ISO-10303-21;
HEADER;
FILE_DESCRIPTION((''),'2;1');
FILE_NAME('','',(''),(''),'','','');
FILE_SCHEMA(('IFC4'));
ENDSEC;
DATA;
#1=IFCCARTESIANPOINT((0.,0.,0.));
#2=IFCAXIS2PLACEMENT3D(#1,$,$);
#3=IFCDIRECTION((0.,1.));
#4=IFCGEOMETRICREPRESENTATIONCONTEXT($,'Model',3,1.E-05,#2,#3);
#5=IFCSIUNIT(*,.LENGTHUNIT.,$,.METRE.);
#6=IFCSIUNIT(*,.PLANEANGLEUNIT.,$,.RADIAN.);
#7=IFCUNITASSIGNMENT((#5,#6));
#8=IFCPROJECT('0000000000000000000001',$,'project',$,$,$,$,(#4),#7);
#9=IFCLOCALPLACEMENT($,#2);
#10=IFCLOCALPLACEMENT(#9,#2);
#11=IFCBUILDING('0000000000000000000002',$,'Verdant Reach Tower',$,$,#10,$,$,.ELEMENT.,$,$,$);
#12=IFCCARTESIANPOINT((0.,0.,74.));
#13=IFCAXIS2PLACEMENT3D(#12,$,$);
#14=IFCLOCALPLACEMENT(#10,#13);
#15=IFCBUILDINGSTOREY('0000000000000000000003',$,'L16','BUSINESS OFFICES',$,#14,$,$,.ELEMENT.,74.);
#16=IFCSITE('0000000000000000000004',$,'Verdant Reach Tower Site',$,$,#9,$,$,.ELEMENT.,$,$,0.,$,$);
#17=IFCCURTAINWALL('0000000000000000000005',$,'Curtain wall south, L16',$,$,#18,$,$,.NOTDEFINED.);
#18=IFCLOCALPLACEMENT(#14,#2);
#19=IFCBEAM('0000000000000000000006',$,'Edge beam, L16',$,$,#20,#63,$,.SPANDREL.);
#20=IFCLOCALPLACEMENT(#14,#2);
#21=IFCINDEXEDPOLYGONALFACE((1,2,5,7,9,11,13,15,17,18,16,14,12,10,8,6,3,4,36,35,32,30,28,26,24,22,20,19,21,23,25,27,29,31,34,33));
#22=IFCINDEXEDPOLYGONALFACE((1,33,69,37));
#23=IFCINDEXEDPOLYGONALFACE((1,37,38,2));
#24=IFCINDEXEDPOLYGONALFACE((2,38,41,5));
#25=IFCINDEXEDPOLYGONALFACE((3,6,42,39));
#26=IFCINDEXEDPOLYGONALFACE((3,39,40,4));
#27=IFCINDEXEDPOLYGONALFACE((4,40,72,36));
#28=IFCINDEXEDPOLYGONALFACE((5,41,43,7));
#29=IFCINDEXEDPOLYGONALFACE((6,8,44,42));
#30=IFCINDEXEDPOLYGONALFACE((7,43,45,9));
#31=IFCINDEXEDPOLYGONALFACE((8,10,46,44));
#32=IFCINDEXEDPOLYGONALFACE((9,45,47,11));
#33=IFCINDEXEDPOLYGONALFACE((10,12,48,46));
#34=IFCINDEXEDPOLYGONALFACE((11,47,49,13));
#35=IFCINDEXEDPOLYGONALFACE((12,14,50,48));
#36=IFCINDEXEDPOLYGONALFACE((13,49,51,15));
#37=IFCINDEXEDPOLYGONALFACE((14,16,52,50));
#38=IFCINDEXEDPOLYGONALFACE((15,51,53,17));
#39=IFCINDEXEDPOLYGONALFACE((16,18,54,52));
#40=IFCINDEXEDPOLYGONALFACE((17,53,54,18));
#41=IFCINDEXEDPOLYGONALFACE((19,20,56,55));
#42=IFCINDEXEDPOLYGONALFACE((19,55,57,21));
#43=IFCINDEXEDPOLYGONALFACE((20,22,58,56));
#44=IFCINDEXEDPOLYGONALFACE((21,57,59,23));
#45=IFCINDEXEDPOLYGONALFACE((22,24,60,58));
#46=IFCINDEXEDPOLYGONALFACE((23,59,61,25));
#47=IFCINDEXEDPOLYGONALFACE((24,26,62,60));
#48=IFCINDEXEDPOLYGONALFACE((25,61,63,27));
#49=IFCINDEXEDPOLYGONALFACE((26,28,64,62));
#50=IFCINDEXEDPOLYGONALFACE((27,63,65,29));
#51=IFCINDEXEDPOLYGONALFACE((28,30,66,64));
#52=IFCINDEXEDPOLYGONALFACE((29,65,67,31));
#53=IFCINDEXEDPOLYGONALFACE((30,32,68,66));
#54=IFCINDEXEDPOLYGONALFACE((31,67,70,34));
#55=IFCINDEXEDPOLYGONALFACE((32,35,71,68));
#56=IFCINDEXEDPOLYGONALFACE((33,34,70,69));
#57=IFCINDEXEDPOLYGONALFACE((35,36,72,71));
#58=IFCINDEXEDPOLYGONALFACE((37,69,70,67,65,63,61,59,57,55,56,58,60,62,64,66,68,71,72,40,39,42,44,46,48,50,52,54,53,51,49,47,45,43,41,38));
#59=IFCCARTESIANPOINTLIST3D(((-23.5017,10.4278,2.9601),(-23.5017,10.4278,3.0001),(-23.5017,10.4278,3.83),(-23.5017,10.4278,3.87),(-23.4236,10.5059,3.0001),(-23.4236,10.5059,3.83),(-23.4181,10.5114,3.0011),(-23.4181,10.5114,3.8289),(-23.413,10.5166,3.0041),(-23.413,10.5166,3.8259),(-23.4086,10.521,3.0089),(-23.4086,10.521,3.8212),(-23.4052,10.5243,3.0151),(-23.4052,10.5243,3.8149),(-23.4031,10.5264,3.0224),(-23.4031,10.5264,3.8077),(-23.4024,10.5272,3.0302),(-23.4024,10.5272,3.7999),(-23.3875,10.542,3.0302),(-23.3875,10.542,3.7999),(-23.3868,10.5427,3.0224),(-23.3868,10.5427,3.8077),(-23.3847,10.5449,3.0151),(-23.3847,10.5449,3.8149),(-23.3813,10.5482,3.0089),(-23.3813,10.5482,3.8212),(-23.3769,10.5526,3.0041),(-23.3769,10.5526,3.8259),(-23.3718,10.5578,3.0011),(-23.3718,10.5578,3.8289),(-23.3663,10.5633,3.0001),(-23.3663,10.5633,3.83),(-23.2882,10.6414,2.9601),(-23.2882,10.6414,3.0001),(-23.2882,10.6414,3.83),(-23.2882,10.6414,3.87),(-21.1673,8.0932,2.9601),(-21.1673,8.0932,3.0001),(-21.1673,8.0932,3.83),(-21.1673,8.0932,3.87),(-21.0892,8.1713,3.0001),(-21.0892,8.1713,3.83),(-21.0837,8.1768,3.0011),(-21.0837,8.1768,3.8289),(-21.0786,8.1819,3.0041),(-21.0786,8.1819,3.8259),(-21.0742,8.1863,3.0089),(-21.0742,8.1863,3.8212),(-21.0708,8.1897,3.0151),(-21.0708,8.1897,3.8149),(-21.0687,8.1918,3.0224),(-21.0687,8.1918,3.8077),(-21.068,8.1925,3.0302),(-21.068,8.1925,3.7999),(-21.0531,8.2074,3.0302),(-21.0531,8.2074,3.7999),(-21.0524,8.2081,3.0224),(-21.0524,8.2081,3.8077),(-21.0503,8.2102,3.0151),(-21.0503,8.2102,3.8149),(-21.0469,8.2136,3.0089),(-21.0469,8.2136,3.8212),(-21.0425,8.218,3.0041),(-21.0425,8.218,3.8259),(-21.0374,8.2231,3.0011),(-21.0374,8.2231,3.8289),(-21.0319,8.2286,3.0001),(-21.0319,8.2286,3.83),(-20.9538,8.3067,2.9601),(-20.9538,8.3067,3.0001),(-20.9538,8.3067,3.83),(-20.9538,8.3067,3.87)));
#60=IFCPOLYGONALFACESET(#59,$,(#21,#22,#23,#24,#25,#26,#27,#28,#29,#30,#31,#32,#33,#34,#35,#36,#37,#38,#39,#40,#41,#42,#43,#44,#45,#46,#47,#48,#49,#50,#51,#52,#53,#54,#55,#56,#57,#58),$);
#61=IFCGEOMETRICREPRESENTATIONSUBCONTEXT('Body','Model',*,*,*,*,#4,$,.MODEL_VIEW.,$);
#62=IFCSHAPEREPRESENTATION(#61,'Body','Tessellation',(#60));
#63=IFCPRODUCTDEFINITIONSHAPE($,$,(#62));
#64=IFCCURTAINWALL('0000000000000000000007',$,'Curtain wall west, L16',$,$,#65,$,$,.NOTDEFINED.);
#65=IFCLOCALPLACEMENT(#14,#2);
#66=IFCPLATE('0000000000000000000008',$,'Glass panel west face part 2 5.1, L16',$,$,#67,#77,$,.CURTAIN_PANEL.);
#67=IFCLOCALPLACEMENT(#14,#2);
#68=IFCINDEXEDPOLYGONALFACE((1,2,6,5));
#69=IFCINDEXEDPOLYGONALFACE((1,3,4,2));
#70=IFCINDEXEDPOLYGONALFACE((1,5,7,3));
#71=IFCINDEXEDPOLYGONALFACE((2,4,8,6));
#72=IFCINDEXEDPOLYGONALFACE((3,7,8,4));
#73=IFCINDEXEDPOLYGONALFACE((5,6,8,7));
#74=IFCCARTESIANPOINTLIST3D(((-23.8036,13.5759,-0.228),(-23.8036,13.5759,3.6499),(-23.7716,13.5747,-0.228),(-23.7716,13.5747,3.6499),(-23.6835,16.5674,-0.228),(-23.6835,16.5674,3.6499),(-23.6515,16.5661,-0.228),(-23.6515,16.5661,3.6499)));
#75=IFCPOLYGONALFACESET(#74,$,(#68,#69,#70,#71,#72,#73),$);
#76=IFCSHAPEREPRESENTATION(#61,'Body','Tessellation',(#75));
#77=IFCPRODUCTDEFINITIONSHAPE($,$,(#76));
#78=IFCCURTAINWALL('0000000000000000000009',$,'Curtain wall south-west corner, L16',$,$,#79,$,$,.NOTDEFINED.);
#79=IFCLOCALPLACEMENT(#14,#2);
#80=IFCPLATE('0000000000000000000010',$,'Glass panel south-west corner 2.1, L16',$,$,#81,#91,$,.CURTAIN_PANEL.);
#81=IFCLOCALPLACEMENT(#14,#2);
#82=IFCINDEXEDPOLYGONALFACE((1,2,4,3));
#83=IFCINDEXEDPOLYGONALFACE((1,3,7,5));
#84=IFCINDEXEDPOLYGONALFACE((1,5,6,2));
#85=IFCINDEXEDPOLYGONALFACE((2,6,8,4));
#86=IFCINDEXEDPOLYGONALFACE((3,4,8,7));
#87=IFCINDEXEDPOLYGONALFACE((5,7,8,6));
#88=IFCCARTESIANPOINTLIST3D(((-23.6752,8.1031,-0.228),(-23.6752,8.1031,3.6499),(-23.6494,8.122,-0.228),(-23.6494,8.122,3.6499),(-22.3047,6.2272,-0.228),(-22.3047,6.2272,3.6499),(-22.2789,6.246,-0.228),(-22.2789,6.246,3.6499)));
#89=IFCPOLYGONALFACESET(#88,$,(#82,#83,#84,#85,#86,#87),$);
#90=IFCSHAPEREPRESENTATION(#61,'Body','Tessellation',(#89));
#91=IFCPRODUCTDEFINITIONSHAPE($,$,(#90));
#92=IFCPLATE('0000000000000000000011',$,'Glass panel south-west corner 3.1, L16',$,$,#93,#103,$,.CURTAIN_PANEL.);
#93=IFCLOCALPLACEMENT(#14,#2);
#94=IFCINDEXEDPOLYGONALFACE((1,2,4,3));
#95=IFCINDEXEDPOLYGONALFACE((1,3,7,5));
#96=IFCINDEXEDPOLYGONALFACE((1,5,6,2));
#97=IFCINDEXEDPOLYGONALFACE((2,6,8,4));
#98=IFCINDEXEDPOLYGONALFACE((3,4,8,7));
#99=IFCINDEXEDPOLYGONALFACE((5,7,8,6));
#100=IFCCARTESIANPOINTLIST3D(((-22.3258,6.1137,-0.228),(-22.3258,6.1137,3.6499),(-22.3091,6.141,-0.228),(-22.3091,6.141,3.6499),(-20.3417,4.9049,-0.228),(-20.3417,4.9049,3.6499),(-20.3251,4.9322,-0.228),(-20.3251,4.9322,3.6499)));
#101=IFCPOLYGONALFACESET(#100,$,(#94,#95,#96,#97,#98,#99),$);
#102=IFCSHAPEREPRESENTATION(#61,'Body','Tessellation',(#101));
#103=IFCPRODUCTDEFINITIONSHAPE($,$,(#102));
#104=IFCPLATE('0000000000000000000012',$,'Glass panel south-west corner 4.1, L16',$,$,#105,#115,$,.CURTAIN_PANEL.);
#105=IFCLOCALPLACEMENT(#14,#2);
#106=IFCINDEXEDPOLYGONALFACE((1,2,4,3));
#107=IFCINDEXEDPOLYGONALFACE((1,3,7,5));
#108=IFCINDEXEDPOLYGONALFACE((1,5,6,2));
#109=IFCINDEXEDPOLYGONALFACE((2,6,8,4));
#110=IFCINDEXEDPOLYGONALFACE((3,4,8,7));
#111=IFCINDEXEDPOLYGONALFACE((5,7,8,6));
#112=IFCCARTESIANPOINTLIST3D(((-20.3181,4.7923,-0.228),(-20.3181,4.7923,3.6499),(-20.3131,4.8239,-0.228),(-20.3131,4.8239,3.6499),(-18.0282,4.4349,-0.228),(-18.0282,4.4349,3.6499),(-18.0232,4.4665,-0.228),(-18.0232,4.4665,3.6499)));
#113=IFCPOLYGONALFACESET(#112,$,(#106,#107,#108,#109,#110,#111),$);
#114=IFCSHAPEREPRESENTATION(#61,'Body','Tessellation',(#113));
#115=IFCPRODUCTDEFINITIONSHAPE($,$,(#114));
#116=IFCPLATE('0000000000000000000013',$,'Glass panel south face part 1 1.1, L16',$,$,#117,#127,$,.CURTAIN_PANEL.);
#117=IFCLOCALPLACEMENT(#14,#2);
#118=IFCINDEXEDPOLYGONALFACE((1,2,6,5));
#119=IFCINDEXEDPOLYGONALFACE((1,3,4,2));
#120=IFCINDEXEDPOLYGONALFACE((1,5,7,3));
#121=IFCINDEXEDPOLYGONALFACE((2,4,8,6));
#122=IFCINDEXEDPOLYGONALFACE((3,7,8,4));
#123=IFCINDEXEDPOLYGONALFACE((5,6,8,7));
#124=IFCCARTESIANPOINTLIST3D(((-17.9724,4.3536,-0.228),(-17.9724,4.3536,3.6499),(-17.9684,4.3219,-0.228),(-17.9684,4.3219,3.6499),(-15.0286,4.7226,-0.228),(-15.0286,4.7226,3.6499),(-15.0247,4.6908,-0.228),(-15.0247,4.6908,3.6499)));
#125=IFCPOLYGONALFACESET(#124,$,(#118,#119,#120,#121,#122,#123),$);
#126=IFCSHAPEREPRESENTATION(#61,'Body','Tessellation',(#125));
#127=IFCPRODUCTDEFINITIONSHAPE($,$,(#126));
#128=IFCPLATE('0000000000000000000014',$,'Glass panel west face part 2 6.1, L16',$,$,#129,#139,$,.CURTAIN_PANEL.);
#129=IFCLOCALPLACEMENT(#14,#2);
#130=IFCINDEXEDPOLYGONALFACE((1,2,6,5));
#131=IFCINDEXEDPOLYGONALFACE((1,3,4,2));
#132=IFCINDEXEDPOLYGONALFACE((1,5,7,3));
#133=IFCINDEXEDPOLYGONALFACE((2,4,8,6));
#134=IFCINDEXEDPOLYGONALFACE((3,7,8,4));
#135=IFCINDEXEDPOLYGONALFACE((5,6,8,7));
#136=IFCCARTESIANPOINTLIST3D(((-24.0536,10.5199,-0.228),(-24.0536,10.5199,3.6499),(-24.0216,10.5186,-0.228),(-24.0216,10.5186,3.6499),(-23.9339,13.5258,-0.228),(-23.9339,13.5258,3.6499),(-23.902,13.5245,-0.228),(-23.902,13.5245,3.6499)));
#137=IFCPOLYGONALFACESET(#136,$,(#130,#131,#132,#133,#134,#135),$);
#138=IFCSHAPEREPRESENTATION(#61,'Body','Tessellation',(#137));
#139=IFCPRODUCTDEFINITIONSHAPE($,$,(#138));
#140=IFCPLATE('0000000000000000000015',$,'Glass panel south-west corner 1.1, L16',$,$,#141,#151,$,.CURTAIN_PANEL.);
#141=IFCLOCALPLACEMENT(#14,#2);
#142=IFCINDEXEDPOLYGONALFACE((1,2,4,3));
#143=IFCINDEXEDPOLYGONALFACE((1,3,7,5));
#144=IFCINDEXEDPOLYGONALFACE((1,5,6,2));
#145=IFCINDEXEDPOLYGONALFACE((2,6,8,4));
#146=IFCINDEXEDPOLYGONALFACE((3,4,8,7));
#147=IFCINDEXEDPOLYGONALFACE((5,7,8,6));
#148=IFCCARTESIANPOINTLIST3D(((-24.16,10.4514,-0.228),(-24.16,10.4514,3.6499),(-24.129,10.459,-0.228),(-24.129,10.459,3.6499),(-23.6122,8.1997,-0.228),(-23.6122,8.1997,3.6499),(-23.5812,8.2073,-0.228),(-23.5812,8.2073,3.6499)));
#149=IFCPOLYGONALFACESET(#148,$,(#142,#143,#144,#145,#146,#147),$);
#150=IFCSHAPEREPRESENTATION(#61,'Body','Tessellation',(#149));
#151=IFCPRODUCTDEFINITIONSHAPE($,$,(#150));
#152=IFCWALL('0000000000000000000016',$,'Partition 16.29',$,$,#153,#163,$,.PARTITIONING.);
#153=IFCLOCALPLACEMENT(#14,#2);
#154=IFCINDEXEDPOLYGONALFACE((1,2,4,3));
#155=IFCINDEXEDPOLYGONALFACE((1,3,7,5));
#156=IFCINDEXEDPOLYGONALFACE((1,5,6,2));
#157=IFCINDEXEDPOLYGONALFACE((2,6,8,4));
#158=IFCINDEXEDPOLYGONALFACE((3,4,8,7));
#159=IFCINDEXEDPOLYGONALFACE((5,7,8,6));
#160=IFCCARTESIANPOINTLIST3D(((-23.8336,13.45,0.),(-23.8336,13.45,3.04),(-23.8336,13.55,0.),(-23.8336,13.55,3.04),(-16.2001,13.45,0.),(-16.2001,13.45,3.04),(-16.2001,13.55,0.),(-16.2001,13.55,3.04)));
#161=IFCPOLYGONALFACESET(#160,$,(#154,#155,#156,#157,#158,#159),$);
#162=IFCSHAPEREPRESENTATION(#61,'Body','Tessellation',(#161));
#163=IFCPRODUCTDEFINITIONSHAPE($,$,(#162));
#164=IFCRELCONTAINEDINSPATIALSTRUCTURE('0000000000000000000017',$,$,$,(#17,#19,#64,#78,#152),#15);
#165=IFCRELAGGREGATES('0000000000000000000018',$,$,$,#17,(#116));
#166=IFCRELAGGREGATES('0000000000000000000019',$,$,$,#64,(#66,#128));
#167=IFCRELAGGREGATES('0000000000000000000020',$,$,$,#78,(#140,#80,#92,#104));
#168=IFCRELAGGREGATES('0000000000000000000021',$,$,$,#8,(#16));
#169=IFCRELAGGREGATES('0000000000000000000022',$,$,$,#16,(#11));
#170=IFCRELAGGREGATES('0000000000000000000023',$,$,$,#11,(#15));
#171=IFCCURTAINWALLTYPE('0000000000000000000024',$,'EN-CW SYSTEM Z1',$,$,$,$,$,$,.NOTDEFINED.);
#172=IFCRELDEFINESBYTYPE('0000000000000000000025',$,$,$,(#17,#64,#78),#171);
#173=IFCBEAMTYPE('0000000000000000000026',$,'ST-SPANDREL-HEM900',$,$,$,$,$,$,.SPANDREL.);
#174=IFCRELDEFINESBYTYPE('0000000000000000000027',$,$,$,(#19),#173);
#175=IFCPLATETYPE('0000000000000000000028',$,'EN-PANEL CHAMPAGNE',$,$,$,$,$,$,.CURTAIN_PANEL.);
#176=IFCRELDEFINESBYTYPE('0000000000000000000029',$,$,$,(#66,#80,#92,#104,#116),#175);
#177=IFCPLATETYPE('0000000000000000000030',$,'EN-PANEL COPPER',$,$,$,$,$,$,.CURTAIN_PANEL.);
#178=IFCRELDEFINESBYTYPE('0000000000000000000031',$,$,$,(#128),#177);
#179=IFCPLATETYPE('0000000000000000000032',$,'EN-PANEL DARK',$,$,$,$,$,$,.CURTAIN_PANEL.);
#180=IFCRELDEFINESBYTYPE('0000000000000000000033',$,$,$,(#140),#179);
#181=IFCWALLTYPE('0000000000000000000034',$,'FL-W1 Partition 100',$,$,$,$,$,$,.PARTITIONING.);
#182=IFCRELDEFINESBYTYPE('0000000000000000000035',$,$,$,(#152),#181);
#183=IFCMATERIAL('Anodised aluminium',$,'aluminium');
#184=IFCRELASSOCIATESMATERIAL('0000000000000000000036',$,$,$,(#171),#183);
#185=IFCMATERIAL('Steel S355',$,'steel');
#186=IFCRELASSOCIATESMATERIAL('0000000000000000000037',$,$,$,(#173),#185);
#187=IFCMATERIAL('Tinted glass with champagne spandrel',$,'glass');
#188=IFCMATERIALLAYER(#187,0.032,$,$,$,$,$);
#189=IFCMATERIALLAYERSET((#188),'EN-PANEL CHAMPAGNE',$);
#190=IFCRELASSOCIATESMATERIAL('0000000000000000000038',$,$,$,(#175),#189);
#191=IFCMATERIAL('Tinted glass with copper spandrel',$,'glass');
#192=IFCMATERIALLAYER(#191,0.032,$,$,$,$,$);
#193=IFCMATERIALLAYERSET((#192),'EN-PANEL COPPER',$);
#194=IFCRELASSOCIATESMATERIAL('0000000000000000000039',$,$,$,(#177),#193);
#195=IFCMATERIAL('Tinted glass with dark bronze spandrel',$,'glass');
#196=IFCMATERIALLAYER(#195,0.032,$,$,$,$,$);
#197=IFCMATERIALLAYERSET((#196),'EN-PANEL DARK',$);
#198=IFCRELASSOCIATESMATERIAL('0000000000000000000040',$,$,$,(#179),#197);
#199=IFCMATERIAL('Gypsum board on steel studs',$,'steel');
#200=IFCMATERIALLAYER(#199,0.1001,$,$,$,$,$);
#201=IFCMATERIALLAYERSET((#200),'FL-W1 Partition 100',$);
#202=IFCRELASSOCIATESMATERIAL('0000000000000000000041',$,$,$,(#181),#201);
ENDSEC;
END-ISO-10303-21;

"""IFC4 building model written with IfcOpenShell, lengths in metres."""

from ifc_helpers import new_model, si_unit, direction, frame, frame_2d, origin, origin_2d, place, context, subcontext, project, spatial, rectangle, i_section, extrude, material, layer, layer_set, material_profile, profile_set, type_object, element, aggregate, save


model = new_model("IFC4")

# Units and contexts
model_context = context("Model", 3, precision=1e-05, world=origin(), true_north=direction((0.0, 1.0)))
body_context = subcontext(model_context, "Body", "Model", "MODEL_VIEW")
ifc_project = project(units=[si_unit("LENGTHUNIT", "METRE"), si_unit("PLANEANGLEUNIT", "RADIAN")], contexts=[model_context])

# Site, building, storey
site_placement = place(None, origin())
site = spatial("IfcSite", under=ifc_project, at=site_placement, Name="Verdant Reach Tower Site", CompositionType="ELEMENT", RefElevation=0.0)
building_placement = place(site_placement, origin())
building = spatial("IfcBuilding", under=site, at=building_placement, Name="Verdant Reach Tower", CompositionType="ELEMENT")
storey_placement = place(building_placement, frame((0.0, 0.0, 74.0)))
storey = spatial("IfcBuildingStorey", under=building, at=storey_placement, Name="L16", Description="BUSINESS OFFICES", CompositionType="ELEMENT", Elevation=74.0)

# Curtain wall
ifc_material_1 = material(Name="Anodised aluminium", Category="aluminium")
curtain_wall_type = type_object("IfcCurtainWallType", Name="EN-CW SYSTEM Z1", PredefinedType="NOTDEFINED", material=ifc_material_1)
curtain_wall_1_placement = place(storey_placement, origin())
curtain_wall_1 = element("IfcCurtainWall", 1, at=curtain_wall_1_placement, inside=storey, type_object=curtain_wall_type, Name="Curtain wall south, L16", PredefinedType="NOTDEFINED")

# Beam
ifc_material_2 = material(Name="Steel S355", Category="steel")
ifc_material_profile_1 = material_profile(ifc_material_2, i_section(OverallWidth=0.302, OverallDepth=0.9099, WebThickness=0.021, FlangeThickness=0.04, FilletRadius=0.03, at=origin_2d()), Name="HEM 900")
ifc_profile_set_1 = profile_set([ifc_material_profile_1], Name="Steel S355")
beam_type_1 = type_object("IfcBeamType", Name="ST-SPANDREL-HEM900", PredefinedType="SPANDREL", material=ifc_profile_set_1)
beam_1_placement = place(storey_placement, frame((-21.0605, 8.2, 3.415), z_axis=(-0.70707, 0.707144, 0.0), x_axis=(-0.707144, -0.70707, 0.0)))
element("IfcBeam", 2, at=beam_1_placement, inside=storey, type_object=beam_type_1, Name="Edge beam, L16", PredefinedType="SPANDREL", context=body_context, shape_type="SweptSolid", body=[
    extrude(i_section(OverallWidth=0.302, OverallDepth=0.9099, WebThickness=0.021, FlangeThickness=0.04, FilletRadius=0.03, at=origin_2d()), origin(), (0.0, 0.0, 1.0), 3.3015),
])

# Curtain wall, plate
curtain_wall_2_placement = place(storey_placement, origin())
curtain_wall_2 = element("IfcCurtainWall", 3, at=curtain_wall_2_placement, inside=storey, type_object=curtain_wall_type, Name="Curtain wall west, L16", PredefinedType="NOTDEFINED")
ifc_material_3 = material(Name="Tinted glass with champagne spandrel", Category="glass")
ifc_layer_1 = layer(ifc_material_3, 0.032)
ifc_layer_set_1 = layer_set([ifc_layer_1], Name="EN-PANEL CHAMPAGNE")
plate_type_1 = type_object("IfcPlateType", Name="EN-PANEL CHAMPAGNE", PredefinedType="CURTAIN_PANEL", material=ifc_layer_set_1)
plate_1_placement = place(storey_placement, frame((-23.7275, 15.071, -0.228), z_axis=(0.0, 0.0, 1.0), x_axis=(-0.040109, -0.999195, 0.0)))
plate_1 = element("IfcPlate", 4, at=plate_1_placement, type_object=plate_type_1, Name="Glass panel west face part 2 5.1, L16", PredefinedType="CURTAIN_PANEL", context=body_context, shape_type="SweptSolid", body=[
    extrude(rectangle(XDim=2.9939, YDim=0.032, at=origin_2d()), origin(), (0.0, 0.0, 1.0), 3.8779),
])

# Curtain wall, plates
curtain_wall_3_placement = place(storey_placement, origin())
curtain_wall_3 = element("IfcCurtainWall", 5, at=curtain_wall_3_placement, inside=storey, type_object=curtain_wall_type, Name="Curtain wall south-west corner, L16", PredefinedType="NOTDEFINED")
plate_2_placement = place(storey_placement, frame((-22.9771, 7.1746, -0.228), z_axis=(0.0, 0.0, 1.0), x_axis=(0.589927, -0.807457, 0.0)))
plate_2 = element("IfcPlate", 6, at=plate_2_placement, type_object=plate_type_1, Name="Glass panel south-west corner 2.1, L16", PredefinedType="CURTAIN_PANEL", context=body_context, shape_type="SweptSolid", body=[
    extrude(rectangle(XDim=2.3232, YDim=0.032, at=origin_2d()), origin(), (0.0, 0.0, 1.0), 3.8779),
])
plate_3_placement = place(storey_placement, frame((-21.3254, 5.5229, -0.228), z_axis=(0.0, 0.0, 1.0), x_axis=(0.853989, -0.520292, 0.0)))
plate_3 = element("IfcPlate", 7, at=plate_3_placement, type_object=plate_type_1, Name="Glass panel south-west corner 3.1, L16", PredefinedType="CURTAIN_PANEL", context=body_context, shape_type="SweptSolid", body=[
    extrude(rectangle(XDim=2.3232, YDim=0.032, at=origin_2d()), origin(), (0.0, 0.0, 1.0), 3.8779),
])
plate_4_placement = place(storey_placement, frame((-19.1707, 4.6294, -0.228), z_axis=(0.0, 0.0, 1.0), x_axis=(0.988033, -0.154245, 0.0)))
plate_4 = element("IfcPlate", 8, at=plate_4_placement, type_object=plate_type_1, Name="Glass panel south-west corner 4.1, L16", PredefinedType="CURTAIN_PANEL", context=body_context, shape_type="SweptSolid", body=[
    extrude(rectangle(XDim=2.3176, YDim=0.032, at=origin_2d()), origin(), (0.0, 0.0, 1.0), 3.8779),
])

# Plates
plate_5_placement = place(storey_placement, frame((-16.4985, 4.5222, -0.228), z_axis=(0.0, 0.0, 1.0), x_axis=(0.992235, 0.124374, 0.0)))
plate_5 = element("IfcPlate", 9, at=plate_5_placement, type_object=plate_type_1, Name="Glass panel south face part 1 1.1, L16", PredefinedType="CURTAIN_PANEL", context=body_context, shape_type="SweptSolid", body=[
    extrude(rectangle(XDim=2.9668, YDim=0.032, at=origin_2d()), origin(), (0.0, 0.0, 1.0), 3.8779),
])
aggregate(curtain_wall_1, [plate_5])
ifc_material_4 = material(Name="Tinted glass with copper spandrel", Category="glass")
ifc_layer_2 = layer(ifc_material_4, 0.032)
ifc_layer_set_2 = layer_set([ifc_layer_2], Name="EN-PANEL COPPER")
plate_type_2 = type_object("IfcPlateType", Name="EN-PANEL COPPER", PredefinedType="CURTAIN_PANEL", material=ifc_layer_set_2)
plate_6_placement = place(storey_placement, frame((-23.9778, 12.0222, -0.228), z_axis=(0.0, 0.0, 1.0), x_axis=(-0.039784, -0.999208, 0.0)))
plate_6 = element("IfcPlate", 10, at=plate_6_placement, type_object=plate_type_2, Name="Glass panel west face part 2 6.1, L16", PredefinedType="CURTAIN_PANEL", context=body_context, shape_type="SweptSolid", body=[
    extrude(rectangle(XDim=3.0083, YDim=0.032, at=origin_2d()), origin(), (0.0, 0.0, 1.0), 3.8779),
])
aggregate(curtain_wall_2, [plate_1, plate_6])
ifc_material_5 = material(Name="Tinted glass with dark bronze spandrel", Category="glass")
ifc_layer_3 = layer(ifc_material_5, 0.032)
ifc_layer_set_3 = layer_set([ifc_layer_3], Name="EN-PANEL DARK")
plate_type_3 = type_object("IfcPlateType", Name="EN-PANEL DARK", PredefinedType="CURTAIN_PANEL", material=ifc_layer_set_3)
plate_7_placement = place(storey_placement, frame((-23.8706, 9.3293, -0.228), z_axis=(0.0, 0.0, 1.0), x_axis=(0.236383, -0.97166, 0.0)))
plate_7 = element("IfcPlate", 11, at=plate_7_placement, type_object=plate_type_3, Name="Glass panel south-west corner 1.1, L16", PredefinedType="CURTAIN_PANEL", context=body_context, shape_type="SweptSolid", body=[
    extrude(rectangle(XDim=2.3174, YDim=0.032, at=origin_2d()), origin(), (0.0, 0.0, 1.0), 3.8779),
])
aggregate(curtain_wall_3, [plate_7, plate_2, plate_3, plate_4])

# Wall
ifc_material_6 = material(Name="Gypsum board on steel studs", Category="steel")
ifc_layer_4 = layer(ifc_material_6, 0.1001)
ifc_layer_set_4 = layer_set([ifc_layer_4], Name="FL-W1 Partition 100")
wall_type_1 = type_object("IfcWallType", Name="FL-W1 Partition 100", PredefinedType="PARTITIONING", material=ifc_layer_set_4)
wall_1_placement = place(storey_placement, frame((-16.2, 13.5, 0.0), z_axis=(0.0, 0.0, 1.0), x_axis=(-1.0, 0.0, 0.0)))
element("IfcWall", 12, at=wall_1_placement, inside=storey, type_object=wall_type_1, Name="Partition 16.29", PredefinedType="PARTITIONING", context=body_context, shape_type="SweptSolid", body=[
    extrude(rectangle(XDim=7.6335, YDim=0.1001, at=frame_2d((3.8169, 0.0))), origin(), (0.0, 0.0, 1.0), 3.04),
])

save(model, "model.ifc")
